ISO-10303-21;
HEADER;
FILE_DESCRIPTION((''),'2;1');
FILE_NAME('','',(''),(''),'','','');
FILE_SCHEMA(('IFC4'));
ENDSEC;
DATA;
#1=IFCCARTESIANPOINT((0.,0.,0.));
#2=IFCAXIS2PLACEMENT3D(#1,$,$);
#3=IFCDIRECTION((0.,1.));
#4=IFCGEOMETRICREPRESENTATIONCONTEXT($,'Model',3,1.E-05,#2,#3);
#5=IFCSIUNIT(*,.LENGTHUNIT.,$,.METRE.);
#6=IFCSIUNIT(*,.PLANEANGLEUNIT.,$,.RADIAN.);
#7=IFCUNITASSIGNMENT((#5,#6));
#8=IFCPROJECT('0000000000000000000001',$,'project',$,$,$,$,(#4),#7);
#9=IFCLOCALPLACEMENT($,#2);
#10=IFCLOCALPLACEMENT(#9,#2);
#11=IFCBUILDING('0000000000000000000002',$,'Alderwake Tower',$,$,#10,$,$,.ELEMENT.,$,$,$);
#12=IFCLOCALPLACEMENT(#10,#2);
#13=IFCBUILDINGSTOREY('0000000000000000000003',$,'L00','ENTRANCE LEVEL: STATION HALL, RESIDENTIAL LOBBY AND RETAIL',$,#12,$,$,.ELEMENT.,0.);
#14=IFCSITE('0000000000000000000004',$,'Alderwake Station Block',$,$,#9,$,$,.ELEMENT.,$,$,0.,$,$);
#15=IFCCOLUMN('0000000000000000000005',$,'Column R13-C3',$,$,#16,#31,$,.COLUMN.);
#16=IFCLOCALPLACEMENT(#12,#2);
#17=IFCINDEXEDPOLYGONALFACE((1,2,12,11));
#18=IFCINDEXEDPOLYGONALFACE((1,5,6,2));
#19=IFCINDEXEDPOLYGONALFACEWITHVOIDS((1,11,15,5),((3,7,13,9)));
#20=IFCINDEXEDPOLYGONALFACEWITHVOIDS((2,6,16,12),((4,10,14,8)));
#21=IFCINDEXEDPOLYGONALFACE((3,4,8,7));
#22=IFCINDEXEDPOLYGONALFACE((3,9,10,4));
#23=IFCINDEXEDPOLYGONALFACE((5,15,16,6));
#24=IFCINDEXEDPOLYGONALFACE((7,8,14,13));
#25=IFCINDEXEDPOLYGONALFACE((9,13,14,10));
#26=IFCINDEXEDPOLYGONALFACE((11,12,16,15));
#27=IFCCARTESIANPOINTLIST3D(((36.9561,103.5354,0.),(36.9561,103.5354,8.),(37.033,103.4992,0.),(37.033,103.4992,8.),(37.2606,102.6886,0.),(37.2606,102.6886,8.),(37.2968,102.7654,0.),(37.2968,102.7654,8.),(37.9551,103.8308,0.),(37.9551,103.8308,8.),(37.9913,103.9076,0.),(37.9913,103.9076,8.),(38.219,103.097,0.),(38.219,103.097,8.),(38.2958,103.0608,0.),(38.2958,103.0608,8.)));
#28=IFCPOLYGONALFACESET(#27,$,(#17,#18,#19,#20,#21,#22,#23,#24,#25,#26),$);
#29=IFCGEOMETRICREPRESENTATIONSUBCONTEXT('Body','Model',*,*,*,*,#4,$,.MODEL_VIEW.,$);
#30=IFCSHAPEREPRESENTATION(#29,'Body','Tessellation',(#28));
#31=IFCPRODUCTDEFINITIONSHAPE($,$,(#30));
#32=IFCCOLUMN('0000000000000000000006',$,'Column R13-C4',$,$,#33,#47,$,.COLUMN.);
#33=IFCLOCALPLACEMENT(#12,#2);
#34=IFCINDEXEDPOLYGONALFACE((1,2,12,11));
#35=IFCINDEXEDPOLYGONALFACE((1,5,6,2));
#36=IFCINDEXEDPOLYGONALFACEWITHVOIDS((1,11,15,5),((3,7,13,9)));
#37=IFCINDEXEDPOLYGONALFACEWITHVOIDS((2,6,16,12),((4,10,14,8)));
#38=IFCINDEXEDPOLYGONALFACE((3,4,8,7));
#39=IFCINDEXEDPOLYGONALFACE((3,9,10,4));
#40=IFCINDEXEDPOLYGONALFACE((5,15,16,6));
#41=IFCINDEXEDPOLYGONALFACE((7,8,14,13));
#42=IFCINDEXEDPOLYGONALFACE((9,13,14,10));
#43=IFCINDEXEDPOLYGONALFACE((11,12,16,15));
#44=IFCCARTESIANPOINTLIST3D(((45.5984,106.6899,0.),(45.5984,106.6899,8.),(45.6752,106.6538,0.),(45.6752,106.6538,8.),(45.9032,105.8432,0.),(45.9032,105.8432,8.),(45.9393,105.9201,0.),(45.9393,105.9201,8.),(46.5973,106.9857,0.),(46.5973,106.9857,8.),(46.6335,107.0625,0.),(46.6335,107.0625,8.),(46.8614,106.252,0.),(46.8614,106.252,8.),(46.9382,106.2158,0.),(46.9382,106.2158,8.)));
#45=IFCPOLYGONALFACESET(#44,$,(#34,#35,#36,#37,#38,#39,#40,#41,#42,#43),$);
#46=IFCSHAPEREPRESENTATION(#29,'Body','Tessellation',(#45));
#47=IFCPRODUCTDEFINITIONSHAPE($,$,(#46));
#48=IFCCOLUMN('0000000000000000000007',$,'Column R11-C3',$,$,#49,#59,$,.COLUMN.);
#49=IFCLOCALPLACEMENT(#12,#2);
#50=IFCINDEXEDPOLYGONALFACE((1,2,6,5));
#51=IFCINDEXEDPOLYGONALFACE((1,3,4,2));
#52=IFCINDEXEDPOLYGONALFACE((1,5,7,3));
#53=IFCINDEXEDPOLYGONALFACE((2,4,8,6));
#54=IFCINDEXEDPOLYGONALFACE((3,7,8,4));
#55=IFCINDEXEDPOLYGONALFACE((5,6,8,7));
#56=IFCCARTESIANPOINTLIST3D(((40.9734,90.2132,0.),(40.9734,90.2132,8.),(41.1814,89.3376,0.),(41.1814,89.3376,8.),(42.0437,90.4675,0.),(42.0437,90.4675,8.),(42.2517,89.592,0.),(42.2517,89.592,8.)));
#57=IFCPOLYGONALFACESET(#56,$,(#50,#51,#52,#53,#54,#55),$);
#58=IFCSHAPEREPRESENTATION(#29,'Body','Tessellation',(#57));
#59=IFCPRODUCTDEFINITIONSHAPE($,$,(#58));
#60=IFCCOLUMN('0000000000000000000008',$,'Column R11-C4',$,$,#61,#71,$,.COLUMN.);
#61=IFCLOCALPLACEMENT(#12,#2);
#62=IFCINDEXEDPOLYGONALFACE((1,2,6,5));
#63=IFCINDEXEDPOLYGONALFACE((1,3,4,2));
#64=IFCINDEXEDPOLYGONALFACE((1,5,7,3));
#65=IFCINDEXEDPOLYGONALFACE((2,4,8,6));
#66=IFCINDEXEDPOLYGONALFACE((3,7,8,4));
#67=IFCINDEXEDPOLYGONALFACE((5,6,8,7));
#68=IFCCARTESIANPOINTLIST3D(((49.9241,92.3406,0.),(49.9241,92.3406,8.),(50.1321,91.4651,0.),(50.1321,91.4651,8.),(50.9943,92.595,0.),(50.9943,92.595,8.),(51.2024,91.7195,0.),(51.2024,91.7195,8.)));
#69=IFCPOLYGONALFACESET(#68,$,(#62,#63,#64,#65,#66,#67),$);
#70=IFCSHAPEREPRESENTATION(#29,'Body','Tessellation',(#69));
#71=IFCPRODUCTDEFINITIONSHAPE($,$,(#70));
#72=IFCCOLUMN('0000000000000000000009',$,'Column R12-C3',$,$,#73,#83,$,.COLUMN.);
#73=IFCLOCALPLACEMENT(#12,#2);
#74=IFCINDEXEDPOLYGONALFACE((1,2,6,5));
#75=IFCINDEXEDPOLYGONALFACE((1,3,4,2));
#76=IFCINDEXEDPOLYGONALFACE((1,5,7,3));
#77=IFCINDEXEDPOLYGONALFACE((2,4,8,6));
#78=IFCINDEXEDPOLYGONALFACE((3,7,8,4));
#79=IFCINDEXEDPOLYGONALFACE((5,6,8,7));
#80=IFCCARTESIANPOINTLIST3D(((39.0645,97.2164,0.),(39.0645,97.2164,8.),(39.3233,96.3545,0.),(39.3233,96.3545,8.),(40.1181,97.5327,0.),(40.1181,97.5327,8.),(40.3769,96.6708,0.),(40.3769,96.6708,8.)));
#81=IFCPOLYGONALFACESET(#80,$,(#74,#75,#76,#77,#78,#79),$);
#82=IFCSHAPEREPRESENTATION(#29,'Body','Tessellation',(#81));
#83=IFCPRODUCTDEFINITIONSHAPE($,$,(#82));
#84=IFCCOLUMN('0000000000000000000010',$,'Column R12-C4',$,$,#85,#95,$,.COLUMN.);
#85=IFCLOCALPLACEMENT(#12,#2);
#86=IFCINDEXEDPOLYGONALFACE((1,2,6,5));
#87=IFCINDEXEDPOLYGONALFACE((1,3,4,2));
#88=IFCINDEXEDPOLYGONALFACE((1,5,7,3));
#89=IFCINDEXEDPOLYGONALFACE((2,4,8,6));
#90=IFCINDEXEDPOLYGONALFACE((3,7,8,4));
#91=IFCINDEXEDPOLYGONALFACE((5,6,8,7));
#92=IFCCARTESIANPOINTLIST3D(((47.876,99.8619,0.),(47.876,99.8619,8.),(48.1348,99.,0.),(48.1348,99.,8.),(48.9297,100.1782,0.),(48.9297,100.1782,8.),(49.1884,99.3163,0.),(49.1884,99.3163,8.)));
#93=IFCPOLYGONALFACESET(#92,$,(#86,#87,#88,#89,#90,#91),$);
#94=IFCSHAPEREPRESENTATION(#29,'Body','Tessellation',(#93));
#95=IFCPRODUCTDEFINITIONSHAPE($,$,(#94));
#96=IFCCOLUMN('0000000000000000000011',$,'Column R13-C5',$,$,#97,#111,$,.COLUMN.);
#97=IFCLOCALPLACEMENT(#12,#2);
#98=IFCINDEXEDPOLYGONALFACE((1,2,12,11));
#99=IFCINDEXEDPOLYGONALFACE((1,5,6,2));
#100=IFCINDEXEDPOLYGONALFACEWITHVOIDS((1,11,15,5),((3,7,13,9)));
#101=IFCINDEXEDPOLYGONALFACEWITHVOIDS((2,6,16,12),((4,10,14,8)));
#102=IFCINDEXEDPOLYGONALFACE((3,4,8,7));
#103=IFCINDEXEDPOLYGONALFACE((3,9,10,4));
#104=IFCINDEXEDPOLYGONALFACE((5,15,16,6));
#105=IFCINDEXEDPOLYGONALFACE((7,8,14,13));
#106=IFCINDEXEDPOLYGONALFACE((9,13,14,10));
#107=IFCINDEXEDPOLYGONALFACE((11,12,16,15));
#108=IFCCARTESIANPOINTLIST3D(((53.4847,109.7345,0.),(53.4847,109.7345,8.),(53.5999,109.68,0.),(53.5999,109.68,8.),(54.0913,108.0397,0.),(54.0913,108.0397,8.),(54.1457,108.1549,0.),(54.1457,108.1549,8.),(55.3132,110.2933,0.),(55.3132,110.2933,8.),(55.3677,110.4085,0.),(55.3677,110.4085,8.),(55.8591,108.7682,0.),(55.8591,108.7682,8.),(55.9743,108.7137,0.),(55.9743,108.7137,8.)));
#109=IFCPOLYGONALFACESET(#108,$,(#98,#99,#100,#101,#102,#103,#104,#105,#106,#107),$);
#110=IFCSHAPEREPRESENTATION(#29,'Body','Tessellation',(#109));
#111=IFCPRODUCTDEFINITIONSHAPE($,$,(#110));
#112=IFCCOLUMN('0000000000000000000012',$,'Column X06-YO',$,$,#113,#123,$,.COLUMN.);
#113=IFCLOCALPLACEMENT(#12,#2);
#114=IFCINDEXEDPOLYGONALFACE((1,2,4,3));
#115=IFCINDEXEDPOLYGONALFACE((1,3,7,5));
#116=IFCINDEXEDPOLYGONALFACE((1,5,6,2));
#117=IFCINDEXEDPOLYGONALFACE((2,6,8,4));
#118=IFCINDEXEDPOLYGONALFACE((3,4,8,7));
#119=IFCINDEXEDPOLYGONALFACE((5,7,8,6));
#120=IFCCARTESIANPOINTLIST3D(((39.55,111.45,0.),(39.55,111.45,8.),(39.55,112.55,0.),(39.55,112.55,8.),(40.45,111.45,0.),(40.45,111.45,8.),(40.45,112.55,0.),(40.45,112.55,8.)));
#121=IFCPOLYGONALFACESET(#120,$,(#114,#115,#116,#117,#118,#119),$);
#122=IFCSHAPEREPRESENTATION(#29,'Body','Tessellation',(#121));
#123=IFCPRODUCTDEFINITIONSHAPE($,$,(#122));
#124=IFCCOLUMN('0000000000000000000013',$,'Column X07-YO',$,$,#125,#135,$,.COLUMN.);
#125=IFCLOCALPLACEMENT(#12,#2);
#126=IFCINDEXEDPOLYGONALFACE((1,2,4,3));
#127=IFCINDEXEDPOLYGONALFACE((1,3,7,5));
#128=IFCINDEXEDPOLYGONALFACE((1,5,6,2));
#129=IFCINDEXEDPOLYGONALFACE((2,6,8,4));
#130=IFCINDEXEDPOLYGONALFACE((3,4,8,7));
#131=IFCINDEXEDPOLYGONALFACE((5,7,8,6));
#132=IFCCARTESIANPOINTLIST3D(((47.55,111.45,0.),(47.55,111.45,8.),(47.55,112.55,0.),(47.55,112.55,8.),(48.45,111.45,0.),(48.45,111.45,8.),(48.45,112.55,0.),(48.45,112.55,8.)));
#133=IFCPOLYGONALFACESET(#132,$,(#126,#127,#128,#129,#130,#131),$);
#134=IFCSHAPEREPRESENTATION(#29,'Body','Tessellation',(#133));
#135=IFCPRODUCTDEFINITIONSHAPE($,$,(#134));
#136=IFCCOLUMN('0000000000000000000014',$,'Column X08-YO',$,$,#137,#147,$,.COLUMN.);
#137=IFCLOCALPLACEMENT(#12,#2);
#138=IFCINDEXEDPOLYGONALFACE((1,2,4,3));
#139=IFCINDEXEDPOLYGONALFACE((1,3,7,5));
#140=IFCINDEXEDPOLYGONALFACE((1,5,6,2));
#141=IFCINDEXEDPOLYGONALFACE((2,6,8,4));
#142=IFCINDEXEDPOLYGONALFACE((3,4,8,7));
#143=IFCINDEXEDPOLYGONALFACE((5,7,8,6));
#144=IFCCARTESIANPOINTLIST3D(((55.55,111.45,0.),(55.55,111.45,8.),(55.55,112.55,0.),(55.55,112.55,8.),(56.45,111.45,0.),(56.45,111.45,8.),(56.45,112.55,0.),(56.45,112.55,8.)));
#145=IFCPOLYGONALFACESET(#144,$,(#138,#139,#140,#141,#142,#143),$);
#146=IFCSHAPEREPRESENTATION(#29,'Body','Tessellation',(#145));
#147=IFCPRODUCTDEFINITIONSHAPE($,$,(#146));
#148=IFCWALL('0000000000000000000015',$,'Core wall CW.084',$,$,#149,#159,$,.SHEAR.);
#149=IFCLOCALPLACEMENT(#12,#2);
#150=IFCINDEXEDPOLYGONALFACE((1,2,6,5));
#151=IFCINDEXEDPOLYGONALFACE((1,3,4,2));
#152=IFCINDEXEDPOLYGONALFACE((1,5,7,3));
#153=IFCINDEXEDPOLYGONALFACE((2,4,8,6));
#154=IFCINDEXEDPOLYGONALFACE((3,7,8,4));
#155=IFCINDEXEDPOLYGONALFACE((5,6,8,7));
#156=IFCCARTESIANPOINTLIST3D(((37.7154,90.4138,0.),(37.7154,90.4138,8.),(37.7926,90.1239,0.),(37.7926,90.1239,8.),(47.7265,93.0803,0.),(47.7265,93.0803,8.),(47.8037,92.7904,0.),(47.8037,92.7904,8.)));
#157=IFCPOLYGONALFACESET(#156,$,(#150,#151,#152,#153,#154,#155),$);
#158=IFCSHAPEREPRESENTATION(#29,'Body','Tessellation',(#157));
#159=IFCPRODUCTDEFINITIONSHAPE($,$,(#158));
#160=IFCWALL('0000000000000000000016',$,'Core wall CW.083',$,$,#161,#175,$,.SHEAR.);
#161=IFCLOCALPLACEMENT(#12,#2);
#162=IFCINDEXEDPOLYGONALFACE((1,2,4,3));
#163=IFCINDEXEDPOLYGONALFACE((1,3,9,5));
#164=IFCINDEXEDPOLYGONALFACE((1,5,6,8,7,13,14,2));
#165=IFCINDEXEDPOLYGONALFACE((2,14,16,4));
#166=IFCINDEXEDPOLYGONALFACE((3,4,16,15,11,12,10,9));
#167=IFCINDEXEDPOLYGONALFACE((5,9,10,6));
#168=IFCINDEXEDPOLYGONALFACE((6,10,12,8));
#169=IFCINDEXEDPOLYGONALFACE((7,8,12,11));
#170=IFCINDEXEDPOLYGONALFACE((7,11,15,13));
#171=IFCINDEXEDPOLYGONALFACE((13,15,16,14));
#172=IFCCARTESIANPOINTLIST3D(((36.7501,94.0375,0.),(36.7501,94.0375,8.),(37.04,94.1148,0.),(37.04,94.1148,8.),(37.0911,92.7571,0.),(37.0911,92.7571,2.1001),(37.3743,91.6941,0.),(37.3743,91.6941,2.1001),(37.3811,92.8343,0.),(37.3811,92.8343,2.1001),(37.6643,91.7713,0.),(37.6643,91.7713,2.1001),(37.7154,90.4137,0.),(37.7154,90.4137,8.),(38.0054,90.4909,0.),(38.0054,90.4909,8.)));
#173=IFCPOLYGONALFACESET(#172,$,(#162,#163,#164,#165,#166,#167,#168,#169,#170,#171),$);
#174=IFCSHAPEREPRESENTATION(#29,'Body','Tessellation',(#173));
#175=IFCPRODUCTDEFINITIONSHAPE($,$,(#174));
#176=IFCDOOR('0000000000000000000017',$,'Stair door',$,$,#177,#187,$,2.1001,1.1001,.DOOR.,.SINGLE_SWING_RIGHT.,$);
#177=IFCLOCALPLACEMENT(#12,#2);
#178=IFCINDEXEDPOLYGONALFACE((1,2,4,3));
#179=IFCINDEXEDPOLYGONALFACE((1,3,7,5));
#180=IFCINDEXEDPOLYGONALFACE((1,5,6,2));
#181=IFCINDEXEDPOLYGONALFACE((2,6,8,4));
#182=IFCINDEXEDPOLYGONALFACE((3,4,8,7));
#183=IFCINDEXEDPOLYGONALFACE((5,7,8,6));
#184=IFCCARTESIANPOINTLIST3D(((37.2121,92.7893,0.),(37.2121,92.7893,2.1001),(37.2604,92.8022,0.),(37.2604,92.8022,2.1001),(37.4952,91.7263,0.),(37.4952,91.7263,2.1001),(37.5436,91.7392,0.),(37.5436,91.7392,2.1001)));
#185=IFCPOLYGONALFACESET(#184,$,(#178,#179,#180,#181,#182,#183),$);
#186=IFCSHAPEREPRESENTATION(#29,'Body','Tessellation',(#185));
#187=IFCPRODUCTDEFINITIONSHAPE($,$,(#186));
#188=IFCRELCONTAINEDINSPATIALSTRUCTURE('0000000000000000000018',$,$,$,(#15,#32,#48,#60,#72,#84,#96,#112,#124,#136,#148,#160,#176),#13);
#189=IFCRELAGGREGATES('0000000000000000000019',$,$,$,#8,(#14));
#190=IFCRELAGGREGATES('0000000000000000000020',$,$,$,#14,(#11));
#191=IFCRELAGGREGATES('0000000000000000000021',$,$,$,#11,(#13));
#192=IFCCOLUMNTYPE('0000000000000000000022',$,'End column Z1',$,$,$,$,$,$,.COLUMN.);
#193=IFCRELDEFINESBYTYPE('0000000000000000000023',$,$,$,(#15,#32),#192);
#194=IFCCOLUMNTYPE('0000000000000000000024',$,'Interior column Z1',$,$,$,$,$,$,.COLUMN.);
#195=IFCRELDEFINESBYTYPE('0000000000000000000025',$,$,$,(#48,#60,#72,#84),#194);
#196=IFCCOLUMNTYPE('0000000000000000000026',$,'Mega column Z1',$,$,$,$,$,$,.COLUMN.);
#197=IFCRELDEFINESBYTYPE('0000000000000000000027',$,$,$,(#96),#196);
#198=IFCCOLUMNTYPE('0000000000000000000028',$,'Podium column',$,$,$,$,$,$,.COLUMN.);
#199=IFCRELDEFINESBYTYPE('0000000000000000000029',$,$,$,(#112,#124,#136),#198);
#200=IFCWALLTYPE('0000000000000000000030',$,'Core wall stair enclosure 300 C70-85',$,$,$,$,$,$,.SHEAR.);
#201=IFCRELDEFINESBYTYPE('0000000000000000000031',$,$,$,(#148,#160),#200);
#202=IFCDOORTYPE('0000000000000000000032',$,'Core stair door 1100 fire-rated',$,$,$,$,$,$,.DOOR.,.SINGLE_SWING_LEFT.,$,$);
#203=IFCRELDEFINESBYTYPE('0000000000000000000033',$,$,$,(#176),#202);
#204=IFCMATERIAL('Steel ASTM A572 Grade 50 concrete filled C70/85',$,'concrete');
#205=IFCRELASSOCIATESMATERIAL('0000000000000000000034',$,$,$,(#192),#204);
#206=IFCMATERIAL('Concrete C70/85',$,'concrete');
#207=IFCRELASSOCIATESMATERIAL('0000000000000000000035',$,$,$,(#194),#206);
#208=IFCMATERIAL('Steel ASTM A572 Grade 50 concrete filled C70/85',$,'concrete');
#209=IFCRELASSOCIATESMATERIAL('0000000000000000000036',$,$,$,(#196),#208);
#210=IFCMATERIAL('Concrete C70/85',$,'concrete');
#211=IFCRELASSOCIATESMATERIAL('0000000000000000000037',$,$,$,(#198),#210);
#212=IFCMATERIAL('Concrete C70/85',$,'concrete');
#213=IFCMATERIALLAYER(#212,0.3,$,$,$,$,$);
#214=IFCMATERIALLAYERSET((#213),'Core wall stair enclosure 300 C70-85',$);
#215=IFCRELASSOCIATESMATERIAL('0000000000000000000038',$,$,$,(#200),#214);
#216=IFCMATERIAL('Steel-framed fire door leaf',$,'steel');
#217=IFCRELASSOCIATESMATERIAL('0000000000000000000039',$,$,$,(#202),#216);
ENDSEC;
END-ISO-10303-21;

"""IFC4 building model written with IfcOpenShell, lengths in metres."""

from ifc_helpers import new_model, si_unit, direction, frame, frame_2d, origin, origin_2d, place, context, subcontext, project, spatial, rectangle, hollow_rectangle, extrude, material, layer, layer_set, material_profile, profile_set, type_object, element, fill, save


model = new_model("IFC4")

# Units and contexts
model_context = context("Model", 3, precision=1e-05, world=origin(), true_north=direction((0.0, 1.0)))
body_context = subcontext(model_context, "Body", "Model", "MODEL_VIEW")
ifc_project = project(units=[si_unit("LENGTHUNIT", "METRE"), si_unit("PLANEANGLEUNIT", "RADIAN")], contexts=[model_context])

# Site, building, storey
site_placement = place(None, origin())
site = spatial("IfcSite", under=ifc_project, at=site_placement, Name="Alderwake Station Block", CompositionType="ELEMENT", RefElevation=0.0)
building_placement = place(site_placement, origin())
building = spatial("IfcBuilding", under=site, at=building_placement, Name="Alderwake Tower", CompositionType="ELEMENT")
storey_placement = place(building_placement, origin())
storey = spatial("IfcBuildingStorey", under=building, at=storey_placement, Name="L00", Description="ENTRANCE LEVEL: STATION HALL, RESIDENTIAL LOBBY AND RETAIL", CompositionType="ELEMENT", Elevation=0.0)

# Columns
ifc_material_1 = material(Name="Steel ASTM A572 Grade 50 concrete filled C70/85", Category="concrete")
ifc_material_profile_1 = material_profile(ifc_material_1, hollow_rectangle(XDim=0.8999, YDim=1.1001, WallThickness=0.0601, at=origin_2d()), Name="BOX 1100X900X60")
ifc_profile_set_1 = profile_set([ifc_material_profile_1], Name="Steel ASTM A572 Grade 50 concrete filled C70/85")
column_type_1 = type_object("IfcColumnType", Name="End column Z1", PredefinedType="COLUMN", material=ifc_profile_set_1)
for number, where, z_axis, x_axis, name in (
    (1, (37.626, 103.2981, 0.0), (0.0, 0.0, 1.0), (-0.338385, 0.941008, 0.0), "Column R13-C3"),
    (2, (46.2683, 106.4529, 0.0), (0.0, 0.0, 1.0), (-0.338695, 0.940896, 0.0), "Column R13-C4"),
):
    element("IfcColumn", number, at=place(storey_placement, frame(where, z_axis=z_axis, x_axis=x_axis)), inside=storey, type_object=column_type_1, Name=name, PredefinedType="COLUMN", context=body_context, shape_type="SweptSolid", body=[
        extrude(hollow_rectangle(XDim=0.8999, YDim=1.1001, WallThickness=0.0601, at=origin_2d()), origin(), (0.0, 0.0, 1.0), 8.0),
    ])
ifc_material_2 = material(Name="Concrete C70/85", Category="concrete")
ifc_material_profile_2 = material_profile(ifc_material_2, rectangle(XDim=0.8999, YDim=1.1001, at=origin_2d()), Name="RC 1100X900")
ifc_profile_set_2 = profile_set([ifc_material_profile_2], Name="Concrete C70/85")
column_type_2 = type_object("IfcColumnType", Name="Interior column Z1", PredefinedType="COLUMN", material=ifc_profile_set_2)
for number, where, z_axis, x_axis, name in (
    (3, (41.6125, 89.9026, 0.0), (0.0, 0.0, 1.0), (-0.231222, 0.972901, 0.0), "Column R11-C3"),
    (4, (50.5632, 92.03, 0.0), (0.0, 0.0, 1.0), (-0.231222, 0.972901, 0.0), "Column R11-C4"),
    (5, (39.7207, 96.9436, 0.0), (0.0, 0.0, 1.0), (-0.287549, 0.957766, 0.0), "Column R12-C3"),
    (6, (48.5322, 99.5891, 0.0), (0.0, 0.0, 1.0), (-0.287549, 0.957766, 0.0), "Column R12-C4"),
):
    element("IfcColumn", number, at=place(storey_placement, frame(where, z_axis=z_axis, x_axis=x_axis)), inside=storey, type_object=column_type_2, Name=name, PredefinedType="COLUMN", context=body_context, shape_type="SweptSolid", body=[
        extrude(rectangle(XDim=0.8999, YDim=1.1001, at=origin_2d()), origin(), (0.0, 0.0, 1.0), 8.0),
    ])
ifc_material_3 = material(Name="Steel ASTM A572 Grade 50 concrete filled C70/85", Category="concrete")
ifc_material_profile_3 = material_profile(ifc_material_3, hollow_rectangle(XDim=1.8, YDim=2.0, WallThickness=0.0901, at=origin_2d()), Name="BOX 2000X1800X90")
ifc_profile_set_3 = profile_set([ifc_material_profile_3], Name="Steel ASTM A572 Grade 50 concrete filled C70/85")
column_type_3 = type_object("IfcColumnType", Name="Mega column Z1", PredefinedType="COLUMN", material=ifc_profile_set_3)
column_placement = place(storey_placement, frame((54.7295, 109.2241, 0.0), z_axis=(0.0, 0.0, 1.0), x_axis=(-0.336995, 0.941506, 0.0)))
element("IfcColumn", 7, at=column_placement, inside=storey, type_object=column_type_3, Name="Column R13-C5", PredefinedType="COLUMN", context=body_context, shape_type="SweptSolid", body=[
    extrude(hollow_rectangle(XDim=1.8, YDim=2.0, WallThickness=0.0901, at=origin_2d()), origin(), (0.0, 0.0, 1.0), 8.0),
])
ifc_material_4 = material(Name="Concrete C70/85", Category="concrete")
ifc_material_profile_4 = material_profile(ifc_material_4, rectangle(XDim=0.8999, YDim=1.1001, at=origin_2d()), Name="RC 1100X900")
ifc_profile_set_4 = profile_set([ifc_material_profile_4], Name="Concrete C70/85")
column_type_4 = type_object("IfcColumnType", Name="Podium column", PredefinedType="COLUMN", material=ifc_profile_set_4)
for number, where, z_axis, x_axis, name in (
    (8, (40.0, 112.0, 0.0), (0.0, 0.0, 1.0), (1.0, 0.0, 0.0), "Column X06-YO"),
    (9, (48.0, 112.0, 0.0), (0.0, 0.0, 1.0), (1.0, 0.0, 0.0), "Column X07-YO"),
    (10, (56.0, 112.0, 0.0), (0.0, 0.0, 1.0), (1.0, 0.0, 0.0), "Column X08-YO"),
):
    element("IfcColumn", number, at=place(storey_placement, frame(where, z_axis=z_axis, x_axis=x_axis)), inside=storey, type_object=column_type_4, Name=name, PredefinedType="COLUMN", context=body_context, shape_type="SweptSolid", body=[
        extrude(rectangle(XDim=0.8999, YDim=1.1001, at=origin_2d()), origin(), (0.0, 0.0, 1.0), 8.0),
    ])

# Wall
ifc_material_5 = material(Name="Concrete C70/85", Category="concrete")
ifc_layer_1 = layer(ifc_material_5, 0.3)
ifc_layer_set_1 = layer_set([ifc_layer_1], Name="Core wall stair enclosure 300 C70-85")
wall_type_1 = type_object("IfcWallType", Name="Core wall stair enclosure 300 C70-85", PredefinedType="SHEAR", material=ifc_layer_set_1)
wall_1_placement = place(storey_placement, frame((37.7539, 90.2688, 0.0), z_axis=(0.0, 0.0, 1.0), x_axis=(0.966309, 0.257384, 0.0)))
element("IfcWall", 11, at=wall_1_placement, inside=storey, type_object=wall_type_1, Name="Core wall CW.084", PredefinedType="SHEAR", context=body_context, shape_type="SweptSolid", body=[
    extrude(rectangle(XDim=10.3601, YDim=0.3, at=frame_2d((5.1802, 0.0))), origin(), (0.0, 0.0, 1.0), 8.0),
])

# Wall, opening, door
wall_2_placement = place(storey_placement, frame((37.8604, 90.4524, 0.0), z_axis=(0.0, 0.0, 1.0), x_axis=(-0.257411, 0.966302, 0.0)))
wall_2 = element("IfcWall", 12, at=wall_2_placement, inside=storey, type_object=wall_type_1, Name="Core wall CW.083", PredefinedType="SHEAR", context=body_context, shape_type="SweptSolid", body=[
    extrude(rectangle(XDim=3.7502, YDim=0.3, at=frame_2d((1.875, 0.0))), origin(), (0.0, 0.0, 1.0), 8.0),
])
opening_1_placement = place(wall_2_placement, frame((1.325, 0.0, 0.0)))
opening_1 = element("IfcOpeningElement", 13, at=opening_1_placement, cuts=wall_2, PredefinedType="OPENING", context=body_context, shape_type="SweptSolid", body=[
    extrude(rectangle(XDim=1.1001, YDim=2.1001, at=frame_2d((0.55, 1.05))), frame((0.0, 0.1599, 0.0), z_axis=(0.0, -1.0, 0.0), x_axis=(1.0, 0.0, 0.0)), (0.0, 0.0, 1.0), 0.3201),
])
ifc_material_6 = material(Name="Steel-framed fire door leaf", Category="steel")
door_type_1 = type_object("IfcDoorType", Name="Core stair door 1100 fire-rated", OperationType="SINGLE_SWING_LEFT", PredefinedType="DOOR", material=ifc_material_6)
door_1_placement = place(opening_1_placement, origin())
door_1 = element("IfcDoor", 14, at=door_1_placement, inside=storey, type_object=door_type_1, Name="Stair door", OperationType="SINGLE_SWING_RIGHT", OverallHeight=2.1001, OverallWidth=1.1001, PredefinedType="DOOR", context=body_context, shape_type="SweptSolid", body=[
    extrude(rectangle(XDim=1.1001, YDim=2.1001, at=frame_2d((0.55, 1.05))), frame((0.0, 0.0249, 0.0), z_axis=(0.0, -1.0, 0.0), x_axis=(1.0, 0.0, 0.0)), (0.0, 0.0, 1.0), 0.05),
])
fill(opening_1, door_1)

save(model, "model.ifc")
